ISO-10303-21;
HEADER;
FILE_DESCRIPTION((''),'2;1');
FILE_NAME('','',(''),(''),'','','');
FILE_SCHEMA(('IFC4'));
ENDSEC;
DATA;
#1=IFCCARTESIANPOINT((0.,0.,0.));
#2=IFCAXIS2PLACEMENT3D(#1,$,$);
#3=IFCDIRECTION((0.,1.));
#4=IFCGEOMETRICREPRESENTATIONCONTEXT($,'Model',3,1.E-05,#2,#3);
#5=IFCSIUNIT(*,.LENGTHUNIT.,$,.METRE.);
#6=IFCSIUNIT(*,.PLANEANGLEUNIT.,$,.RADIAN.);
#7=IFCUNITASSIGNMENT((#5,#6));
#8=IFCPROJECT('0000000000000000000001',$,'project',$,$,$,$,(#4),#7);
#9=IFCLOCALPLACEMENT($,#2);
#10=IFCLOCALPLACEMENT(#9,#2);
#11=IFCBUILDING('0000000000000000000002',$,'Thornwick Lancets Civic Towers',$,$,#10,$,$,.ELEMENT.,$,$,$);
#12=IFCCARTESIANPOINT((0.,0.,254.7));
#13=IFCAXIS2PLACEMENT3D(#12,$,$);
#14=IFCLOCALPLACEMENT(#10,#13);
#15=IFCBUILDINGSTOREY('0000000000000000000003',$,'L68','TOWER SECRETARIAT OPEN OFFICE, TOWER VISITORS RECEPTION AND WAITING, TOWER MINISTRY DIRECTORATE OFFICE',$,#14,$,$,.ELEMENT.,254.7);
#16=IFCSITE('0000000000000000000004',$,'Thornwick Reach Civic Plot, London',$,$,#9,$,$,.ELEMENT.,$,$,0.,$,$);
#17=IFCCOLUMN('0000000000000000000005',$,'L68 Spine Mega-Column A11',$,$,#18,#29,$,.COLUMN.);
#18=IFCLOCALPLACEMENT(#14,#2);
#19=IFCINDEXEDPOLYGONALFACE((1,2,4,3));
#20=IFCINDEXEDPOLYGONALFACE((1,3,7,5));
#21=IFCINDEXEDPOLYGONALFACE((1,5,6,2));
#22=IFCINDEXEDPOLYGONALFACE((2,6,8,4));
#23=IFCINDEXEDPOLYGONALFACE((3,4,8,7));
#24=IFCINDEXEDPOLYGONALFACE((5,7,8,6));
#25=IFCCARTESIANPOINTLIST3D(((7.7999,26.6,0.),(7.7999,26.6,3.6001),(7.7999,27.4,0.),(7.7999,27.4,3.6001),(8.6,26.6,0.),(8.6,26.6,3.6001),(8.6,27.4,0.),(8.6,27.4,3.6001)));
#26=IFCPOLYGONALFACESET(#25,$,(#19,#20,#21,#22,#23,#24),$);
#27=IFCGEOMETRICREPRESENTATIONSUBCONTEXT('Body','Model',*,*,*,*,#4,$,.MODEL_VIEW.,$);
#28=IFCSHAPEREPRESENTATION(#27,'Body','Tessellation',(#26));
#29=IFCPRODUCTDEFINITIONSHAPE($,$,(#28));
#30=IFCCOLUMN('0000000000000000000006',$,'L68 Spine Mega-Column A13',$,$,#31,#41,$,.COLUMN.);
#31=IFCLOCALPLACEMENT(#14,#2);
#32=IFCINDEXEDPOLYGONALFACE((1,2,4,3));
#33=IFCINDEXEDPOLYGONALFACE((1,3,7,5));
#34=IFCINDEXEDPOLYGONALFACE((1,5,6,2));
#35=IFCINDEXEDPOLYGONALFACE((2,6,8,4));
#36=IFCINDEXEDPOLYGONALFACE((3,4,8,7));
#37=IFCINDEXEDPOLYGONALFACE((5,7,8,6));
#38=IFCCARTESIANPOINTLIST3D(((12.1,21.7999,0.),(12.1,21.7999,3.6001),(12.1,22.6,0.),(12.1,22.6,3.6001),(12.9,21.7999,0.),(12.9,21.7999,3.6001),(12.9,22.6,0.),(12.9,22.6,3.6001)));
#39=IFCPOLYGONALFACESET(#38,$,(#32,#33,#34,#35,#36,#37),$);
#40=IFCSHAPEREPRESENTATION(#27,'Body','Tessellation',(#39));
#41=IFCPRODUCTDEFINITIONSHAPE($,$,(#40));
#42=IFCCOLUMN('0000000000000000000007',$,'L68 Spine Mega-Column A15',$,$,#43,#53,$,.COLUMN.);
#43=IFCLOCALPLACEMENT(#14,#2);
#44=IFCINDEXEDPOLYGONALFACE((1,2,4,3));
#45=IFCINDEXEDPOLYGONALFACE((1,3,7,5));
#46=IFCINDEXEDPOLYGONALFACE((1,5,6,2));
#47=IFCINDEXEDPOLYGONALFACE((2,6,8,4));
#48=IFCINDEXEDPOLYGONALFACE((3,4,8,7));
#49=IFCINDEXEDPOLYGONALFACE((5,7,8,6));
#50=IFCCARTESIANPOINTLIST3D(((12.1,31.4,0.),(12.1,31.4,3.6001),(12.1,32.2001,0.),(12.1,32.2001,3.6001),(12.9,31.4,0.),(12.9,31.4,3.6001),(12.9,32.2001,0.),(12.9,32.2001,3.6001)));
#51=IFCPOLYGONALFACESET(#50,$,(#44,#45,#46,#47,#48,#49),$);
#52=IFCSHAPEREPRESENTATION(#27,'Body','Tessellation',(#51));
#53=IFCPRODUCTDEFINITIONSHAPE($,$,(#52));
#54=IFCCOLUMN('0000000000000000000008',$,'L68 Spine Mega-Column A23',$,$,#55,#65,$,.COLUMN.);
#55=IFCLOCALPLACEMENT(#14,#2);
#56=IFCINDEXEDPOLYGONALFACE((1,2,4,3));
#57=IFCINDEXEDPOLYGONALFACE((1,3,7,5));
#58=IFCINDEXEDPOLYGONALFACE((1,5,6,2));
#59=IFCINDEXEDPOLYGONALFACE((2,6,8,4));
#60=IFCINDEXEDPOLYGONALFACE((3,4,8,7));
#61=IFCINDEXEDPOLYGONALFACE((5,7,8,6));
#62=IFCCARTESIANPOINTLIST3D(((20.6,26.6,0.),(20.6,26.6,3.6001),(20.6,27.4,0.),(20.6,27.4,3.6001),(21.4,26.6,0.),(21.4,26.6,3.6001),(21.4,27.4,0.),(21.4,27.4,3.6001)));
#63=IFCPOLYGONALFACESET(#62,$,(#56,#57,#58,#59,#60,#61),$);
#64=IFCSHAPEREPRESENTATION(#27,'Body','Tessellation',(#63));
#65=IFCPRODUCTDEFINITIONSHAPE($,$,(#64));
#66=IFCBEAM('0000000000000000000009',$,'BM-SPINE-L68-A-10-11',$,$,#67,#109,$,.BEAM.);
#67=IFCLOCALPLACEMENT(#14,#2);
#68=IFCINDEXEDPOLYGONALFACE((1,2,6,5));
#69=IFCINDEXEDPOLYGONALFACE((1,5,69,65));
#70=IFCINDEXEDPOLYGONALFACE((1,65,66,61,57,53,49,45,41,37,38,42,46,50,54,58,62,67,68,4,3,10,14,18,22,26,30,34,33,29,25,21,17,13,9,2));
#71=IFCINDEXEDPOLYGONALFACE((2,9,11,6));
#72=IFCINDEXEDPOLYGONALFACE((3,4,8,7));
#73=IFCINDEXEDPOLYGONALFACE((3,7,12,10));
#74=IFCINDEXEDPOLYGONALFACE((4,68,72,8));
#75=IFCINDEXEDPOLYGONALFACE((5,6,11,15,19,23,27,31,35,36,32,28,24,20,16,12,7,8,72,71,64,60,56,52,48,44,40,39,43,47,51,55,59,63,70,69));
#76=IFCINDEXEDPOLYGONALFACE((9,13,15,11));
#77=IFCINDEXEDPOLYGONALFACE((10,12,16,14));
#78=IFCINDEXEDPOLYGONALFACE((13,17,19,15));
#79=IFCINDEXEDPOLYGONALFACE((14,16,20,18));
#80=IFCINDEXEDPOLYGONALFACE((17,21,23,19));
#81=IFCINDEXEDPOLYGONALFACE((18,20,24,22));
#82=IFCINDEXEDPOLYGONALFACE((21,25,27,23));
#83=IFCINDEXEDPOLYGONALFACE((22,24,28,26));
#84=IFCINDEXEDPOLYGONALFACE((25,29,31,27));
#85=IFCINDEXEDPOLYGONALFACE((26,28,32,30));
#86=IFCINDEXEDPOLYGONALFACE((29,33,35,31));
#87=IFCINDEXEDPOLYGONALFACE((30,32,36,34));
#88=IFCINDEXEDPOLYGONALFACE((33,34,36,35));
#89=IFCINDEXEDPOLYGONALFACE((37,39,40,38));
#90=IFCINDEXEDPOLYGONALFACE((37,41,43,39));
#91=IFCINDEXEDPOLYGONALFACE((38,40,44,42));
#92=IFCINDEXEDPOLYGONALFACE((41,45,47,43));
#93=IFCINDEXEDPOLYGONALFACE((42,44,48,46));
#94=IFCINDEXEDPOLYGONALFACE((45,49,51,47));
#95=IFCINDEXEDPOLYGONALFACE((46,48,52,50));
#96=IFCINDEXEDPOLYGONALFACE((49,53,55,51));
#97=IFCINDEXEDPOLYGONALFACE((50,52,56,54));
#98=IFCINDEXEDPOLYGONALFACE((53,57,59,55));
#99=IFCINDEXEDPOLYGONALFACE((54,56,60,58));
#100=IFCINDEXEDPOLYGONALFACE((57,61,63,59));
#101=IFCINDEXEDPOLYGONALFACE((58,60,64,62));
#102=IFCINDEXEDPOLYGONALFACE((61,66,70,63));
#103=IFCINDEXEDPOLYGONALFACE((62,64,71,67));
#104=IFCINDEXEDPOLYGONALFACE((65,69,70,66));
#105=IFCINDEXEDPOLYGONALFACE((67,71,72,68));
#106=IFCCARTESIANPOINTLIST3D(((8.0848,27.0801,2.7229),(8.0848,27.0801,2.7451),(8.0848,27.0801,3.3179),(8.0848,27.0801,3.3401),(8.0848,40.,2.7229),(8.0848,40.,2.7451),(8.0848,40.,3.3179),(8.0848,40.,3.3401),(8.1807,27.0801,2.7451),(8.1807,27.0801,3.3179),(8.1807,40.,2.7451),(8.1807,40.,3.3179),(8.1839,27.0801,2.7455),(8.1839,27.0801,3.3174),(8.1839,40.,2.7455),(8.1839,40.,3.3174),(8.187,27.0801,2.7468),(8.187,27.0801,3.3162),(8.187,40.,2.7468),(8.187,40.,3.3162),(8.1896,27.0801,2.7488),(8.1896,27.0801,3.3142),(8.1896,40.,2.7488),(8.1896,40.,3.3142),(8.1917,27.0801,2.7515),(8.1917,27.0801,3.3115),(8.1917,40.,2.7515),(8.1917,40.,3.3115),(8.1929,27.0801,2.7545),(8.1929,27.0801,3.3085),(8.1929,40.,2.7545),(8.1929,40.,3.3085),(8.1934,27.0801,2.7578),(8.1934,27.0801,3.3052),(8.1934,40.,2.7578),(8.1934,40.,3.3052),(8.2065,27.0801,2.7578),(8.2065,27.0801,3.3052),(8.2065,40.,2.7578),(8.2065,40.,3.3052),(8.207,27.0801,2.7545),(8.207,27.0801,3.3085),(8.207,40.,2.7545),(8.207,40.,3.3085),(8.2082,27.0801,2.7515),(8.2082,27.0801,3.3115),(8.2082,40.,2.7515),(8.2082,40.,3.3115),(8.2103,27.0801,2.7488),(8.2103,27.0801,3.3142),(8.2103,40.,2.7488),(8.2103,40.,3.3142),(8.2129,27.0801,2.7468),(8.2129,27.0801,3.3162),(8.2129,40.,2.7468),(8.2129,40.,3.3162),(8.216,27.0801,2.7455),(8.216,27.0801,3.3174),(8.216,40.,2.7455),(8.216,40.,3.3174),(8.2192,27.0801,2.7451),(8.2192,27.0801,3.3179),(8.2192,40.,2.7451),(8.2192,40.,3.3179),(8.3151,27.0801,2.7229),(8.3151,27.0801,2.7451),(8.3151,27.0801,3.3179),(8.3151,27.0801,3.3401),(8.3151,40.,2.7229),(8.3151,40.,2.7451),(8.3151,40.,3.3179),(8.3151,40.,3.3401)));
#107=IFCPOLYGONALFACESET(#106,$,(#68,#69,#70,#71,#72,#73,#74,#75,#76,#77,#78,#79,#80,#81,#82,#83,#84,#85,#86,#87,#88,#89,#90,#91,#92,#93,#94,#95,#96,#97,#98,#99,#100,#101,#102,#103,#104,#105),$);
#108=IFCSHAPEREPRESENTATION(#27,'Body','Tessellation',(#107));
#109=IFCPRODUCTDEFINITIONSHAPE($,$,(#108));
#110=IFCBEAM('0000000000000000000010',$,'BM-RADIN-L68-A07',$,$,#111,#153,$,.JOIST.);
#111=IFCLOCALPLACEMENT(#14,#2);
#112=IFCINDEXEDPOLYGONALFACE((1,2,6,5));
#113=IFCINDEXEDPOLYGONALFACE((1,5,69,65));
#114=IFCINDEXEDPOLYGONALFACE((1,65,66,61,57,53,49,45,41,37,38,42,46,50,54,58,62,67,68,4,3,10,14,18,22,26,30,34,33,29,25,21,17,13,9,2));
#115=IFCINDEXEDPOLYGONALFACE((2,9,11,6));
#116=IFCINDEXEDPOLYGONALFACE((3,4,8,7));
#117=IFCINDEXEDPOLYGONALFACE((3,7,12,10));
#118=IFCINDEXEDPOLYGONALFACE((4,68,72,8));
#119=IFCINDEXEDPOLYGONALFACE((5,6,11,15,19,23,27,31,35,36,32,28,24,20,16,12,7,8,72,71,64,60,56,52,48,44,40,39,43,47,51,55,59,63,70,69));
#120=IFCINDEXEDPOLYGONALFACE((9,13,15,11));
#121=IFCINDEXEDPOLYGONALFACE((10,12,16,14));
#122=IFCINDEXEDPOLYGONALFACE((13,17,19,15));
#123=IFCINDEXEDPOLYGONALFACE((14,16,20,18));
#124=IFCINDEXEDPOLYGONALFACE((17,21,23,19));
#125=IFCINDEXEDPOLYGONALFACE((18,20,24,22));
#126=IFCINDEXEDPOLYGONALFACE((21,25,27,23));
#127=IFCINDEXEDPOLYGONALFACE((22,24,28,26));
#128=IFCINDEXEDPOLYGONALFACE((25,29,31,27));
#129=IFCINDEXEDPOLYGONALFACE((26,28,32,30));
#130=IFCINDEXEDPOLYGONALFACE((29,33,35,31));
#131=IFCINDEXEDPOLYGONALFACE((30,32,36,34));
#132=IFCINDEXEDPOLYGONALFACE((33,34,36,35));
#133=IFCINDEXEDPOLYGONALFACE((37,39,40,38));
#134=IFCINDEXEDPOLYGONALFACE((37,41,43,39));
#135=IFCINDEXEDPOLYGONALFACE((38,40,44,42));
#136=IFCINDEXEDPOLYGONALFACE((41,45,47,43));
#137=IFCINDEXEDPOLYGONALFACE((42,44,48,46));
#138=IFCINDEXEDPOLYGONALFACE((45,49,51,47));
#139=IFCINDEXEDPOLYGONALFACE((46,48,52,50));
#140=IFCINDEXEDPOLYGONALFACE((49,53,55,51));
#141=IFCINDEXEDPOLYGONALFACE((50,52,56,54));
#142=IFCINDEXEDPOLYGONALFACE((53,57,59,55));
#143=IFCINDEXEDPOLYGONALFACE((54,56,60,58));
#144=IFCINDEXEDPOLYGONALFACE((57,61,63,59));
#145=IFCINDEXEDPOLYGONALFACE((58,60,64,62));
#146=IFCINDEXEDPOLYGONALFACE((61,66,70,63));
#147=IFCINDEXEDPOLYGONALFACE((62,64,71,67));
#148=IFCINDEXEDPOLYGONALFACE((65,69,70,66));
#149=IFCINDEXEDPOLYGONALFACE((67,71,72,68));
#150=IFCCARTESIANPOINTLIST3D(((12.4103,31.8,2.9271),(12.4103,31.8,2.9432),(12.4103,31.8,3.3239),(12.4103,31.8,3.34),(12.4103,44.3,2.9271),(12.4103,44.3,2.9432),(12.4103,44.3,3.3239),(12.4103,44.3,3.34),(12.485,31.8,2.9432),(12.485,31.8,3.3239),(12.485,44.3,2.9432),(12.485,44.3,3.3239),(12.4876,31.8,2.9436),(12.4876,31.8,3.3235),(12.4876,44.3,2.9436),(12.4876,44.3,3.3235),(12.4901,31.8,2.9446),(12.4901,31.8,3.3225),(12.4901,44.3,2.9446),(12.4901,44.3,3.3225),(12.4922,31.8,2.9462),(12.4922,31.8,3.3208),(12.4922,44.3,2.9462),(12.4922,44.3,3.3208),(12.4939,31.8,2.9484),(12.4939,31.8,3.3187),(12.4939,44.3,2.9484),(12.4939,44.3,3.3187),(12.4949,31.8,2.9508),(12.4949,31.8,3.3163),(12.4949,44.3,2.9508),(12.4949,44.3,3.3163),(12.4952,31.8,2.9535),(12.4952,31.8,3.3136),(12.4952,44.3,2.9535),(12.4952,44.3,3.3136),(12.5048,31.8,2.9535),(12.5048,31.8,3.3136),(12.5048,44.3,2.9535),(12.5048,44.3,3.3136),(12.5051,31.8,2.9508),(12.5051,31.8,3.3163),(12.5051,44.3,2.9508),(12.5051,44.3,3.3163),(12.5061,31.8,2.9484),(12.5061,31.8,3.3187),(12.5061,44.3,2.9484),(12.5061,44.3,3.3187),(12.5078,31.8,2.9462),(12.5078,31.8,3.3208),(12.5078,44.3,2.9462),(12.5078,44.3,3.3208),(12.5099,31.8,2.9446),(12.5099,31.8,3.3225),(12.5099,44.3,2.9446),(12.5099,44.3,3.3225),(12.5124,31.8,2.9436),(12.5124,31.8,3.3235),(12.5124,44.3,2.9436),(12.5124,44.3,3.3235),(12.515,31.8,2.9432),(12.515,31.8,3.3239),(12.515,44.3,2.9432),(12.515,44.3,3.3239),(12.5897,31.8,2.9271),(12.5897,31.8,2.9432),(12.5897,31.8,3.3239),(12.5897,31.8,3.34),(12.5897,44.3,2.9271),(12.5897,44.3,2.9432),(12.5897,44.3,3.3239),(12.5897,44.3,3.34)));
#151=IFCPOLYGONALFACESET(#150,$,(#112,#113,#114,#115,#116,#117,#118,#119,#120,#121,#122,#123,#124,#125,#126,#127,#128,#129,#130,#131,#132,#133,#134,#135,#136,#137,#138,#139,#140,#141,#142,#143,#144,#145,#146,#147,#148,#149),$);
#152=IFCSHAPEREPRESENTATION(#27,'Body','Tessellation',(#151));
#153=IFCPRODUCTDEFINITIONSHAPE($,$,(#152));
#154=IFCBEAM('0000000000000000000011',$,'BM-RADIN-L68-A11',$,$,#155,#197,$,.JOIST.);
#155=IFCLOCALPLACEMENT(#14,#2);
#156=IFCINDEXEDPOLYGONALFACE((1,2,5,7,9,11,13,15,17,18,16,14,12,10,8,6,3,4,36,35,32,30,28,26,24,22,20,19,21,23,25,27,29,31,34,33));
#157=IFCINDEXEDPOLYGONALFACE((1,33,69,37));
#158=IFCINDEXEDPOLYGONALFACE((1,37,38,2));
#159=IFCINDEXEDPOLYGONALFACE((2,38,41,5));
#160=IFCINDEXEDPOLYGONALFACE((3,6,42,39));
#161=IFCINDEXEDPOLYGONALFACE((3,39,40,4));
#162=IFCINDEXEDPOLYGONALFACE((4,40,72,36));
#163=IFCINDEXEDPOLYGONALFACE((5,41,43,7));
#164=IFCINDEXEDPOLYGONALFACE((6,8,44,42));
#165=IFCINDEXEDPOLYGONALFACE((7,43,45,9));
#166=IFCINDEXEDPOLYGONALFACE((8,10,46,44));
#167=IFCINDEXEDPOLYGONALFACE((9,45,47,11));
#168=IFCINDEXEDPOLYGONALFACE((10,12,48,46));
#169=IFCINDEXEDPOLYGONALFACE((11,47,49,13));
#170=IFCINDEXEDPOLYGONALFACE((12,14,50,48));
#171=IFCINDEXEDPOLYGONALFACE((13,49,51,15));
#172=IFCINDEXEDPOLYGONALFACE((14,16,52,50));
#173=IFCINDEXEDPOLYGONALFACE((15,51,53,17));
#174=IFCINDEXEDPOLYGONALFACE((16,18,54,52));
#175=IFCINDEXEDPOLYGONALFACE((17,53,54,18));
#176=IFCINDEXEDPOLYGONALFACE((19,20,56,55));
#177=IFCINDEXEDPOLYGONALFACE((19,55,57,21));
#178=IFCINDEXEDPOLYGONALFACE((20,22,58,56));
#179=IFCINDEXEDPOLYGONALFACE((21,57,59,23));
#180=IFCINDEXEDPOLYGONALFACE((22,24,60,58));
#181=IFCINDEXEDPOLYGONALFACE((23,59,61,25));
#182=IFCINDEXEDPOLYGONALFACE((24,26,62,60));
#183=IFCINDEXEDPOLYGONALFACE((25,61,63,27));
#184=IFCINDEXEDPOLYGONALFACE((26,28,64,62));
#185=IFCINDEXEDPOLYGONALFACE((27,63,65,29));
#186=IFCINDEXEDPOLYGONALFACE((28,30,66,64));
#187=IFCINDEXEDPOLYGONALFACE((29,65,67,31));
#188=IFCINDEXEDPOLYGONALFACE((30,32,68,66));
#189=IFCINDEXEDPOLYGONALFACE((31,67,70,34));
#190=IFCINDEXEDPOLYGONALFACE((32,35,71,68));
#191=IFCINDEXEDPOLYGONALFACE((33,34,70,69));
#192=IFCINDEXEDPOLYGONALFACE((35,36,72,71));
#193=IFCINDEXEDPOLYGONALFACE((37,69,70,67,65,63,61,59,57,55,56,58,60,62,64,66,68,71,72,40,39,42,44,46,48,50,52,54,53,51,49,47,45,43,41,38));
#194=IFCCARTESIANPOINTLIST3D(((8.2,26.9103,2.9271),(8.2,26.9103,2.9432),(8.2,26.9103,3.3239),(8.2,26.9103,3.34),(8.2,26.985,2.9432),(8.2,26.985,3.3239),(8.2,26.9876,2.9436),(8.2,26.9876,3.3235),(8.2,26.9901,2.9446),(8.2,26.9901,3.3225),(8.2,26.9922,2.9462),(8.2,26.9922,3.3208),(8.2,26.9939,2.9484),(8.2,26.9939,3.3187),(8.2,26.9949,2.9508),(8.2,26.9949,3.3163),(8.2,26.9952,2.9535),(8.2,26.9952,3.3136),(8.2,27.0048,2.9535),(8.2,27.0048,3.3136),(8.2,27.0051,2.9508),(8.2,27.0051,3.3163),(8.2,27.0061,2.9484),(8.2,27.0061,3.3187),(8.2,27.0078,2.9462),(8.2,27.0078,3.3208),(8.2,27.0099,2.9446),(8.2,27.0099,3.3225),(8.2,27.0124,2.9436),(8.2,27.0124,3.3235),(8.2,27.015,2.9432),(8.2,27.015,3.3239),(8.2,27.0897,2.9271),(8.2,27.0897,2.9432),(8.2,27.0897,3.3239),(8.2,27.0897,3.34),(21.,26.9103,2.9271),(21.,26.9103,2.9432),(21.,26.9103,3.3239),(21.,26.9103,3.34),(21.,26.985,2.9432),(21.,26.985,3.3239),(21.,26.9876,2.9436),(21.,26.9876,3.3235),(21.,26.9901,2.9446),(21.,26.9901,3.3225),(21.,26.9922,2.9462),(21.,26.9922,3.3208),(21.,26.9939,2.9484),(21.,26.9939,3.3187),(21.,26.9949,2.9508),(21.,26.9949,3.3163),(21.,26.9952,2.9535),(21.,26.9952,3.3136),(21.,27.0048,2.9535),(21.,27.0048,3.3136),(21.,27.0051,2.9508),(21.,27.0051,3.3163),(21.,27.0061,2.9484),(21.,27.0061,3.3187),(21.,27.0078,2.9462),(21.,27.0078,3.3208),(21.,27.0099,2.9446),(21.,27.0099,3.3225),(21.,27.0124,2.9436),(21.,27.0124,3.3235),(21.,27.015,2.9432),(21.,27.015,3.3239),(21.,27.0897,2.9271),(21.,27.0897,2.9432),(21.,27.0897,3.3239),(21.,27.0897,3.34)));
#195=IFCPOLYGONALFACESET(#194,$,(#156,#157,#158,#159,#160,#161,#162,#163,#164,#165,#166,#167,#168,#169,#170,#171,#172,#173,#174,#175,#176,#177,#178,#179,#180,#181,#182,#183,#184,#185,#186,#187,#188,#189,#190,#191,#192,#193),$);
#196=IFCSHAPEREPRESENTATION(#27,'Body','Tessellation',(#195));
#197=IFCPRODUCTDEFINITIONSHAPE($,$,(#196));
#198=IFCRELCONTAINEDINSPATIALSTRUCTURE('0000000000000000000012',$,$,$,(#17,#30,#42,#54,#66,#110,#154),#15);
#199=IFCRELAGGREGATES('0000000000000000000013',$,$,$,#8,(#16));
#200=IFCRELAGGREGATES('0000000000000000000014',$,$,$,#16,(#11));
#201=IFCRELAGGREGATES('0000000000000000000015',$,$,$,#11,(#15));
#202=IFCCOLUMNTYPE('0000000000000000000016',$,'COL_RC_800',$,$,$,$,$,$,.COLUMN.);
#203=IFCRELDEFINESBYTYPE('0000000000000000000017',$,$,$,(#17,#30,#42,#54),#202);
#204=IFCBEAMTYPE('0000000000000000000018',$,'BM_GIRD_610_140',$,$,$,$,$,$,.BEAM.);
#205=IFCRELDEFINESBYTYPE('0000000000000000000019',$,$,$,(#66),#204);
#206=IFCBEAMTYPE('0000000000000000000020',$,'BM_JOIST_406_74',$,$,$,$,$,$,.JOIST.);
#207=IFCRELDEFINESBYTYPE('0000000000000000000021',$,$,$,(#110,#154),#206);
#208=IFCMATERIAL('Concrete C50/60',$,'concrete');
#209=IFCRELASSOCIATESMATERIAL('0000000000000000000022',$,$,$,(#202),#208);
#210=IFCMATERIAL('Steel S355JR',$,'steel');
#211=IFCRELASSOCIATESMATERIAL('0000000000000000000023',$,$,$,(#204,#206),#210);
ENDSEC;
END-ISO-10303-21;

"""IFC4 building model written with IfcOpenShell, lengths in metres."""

from ifc_helpers import new_model, si_unit, direction, frame, origin, origin_2d, place, context, subcontext, project, spatial, rectangle, i_section, extrude, material, material_profile, profile_set, type_object, element, save


model = new_model("IFC4")

# Units and contexts
model_context = context("Model", 3, precision=1e-05, world=origin(), true_north=direction((0.0, 1.0)))
body_context = subcontext(model_context, "Body", "Model", "MODEL_VIEW")
ifc_project = project(units=[si_unit("LENGTHUNIT", "METRE"), si_unit("PLANEANGLEUNIT", "RADIAN")], contexts=[model_context])

# Site, building, storey
site_placement = place(None, origin())
site = spatial("IfcSite", under=ifc_project, at=site_placement, Name="Thornwick Reach Civic Plot, London", CompositionType="ELEMENT", RefElevation=0.0)
building_placement = place(site_placement, origin())
building = spatial("IfcBuilding", under=site, at=building_placement, Name="Thornwick Lancets Civic Towers", CompositionType="ELEMENT")
storey_placement = place(building_placement, frame((0.0, 0.0, 254.7)))
storey = spatial("IfcBuildingStorey", under=building, at=storey_placement, Name="L68", Description="TOWER SECRETARIAT OPEN OFFICE, TOWER VISITORS RECEPTION AND WAITING, TOWER MINISTRY DIRECTORATE OFFICE", CompositionType="ELEMENT", Elevation=254.7)

# Columns
ifc_material_1 = material(Name="Concrete C50/60", Category="concrete")
ifc_material_profile_1 = material_profile(ifc_material_1, rectangle(XDim=0.8, YDim=0.8, at=origin_2d()), Name="RC 800x800")
ifc_profile_set_1 = profile_set([ifc_material_profile_1], Name="Concrete C50/60")
column_type = type_object("IfcColumnType", Name="COL_RC_800", PredefinedType="COLUMN", material=ifc_profile_set_1)
for number, where, z_axis, x_axis, name in (
    (1, (8.2, 27.0, 0.0), (0.0, 0.0, 1.0), (1.0, 0.0, 0.0), "L68 Spine Mega-Column A11"),
    (2, (12.5, 22.2, 0.0), (0.0, 0.0, 1.0), (1.0, 0.0, 0.0), "L68 Spine Mega-Column A13"),
    (3, (12.5, 31.8, 0.0), (0.0, 0.0, 1.0), (1.0, 0.0, 0.0), "L68 Spine Mega-Column A15"),
    (4, (21.0, 27.0, 0.0), (0.0, 0.0, 1.0), (1.0, 0.0, 0.0), "L68 Spine Mega-Column A23"),
):
    element("IfcColumn", number, at=place(storey_placement, frame(where, z_axis=z_axis, x_axis=x_axis)), inside=storey, type_object=column_type, Name=name, PredefinedType="COLUMN", context=body_context, shape_type="SweptSolid", body=[
        extrude(rectangle(XDim=0.8, YDim=0.8, at=origin_2d()), origin(), (0.0, 0.0, 1.0), 3.6001),
    ])

# Beams
ifc_material_2 = material(Name="Steel S355JR", Category="steel")
ifc_material_profile_2 = material_profile(ifc_material_2, i_section(OverallWidth=0.2302, OverallDepth=0.6172, WebThickness=0.0132, FlangeThickness=0.0222, FilletRadius=0.0127, at=origin_2d()), Name="UKB 610x229x140")
ifc_profile_set_2 = profile_set([ifc_material_profile_2], Name="Steel S355JR")
beam_type_1 = type_object("IfcBeamType", Name="BM_GIRD_610_140", PredefinedType="BEAM", material=ifc_profile_set_2)
beam_1_placement = place(storey_placement, frame((8.2, 27.0801, 3.0315), z_axis=(0.0, 1.0, 0.0), x_axis=(-1.0, 0.0, 0.0)))
element("IfcBeam", 5, at=beam_1_placement, inside=storey, type_object=beam_type_1, Name="BM-SPINE-L68-A-10-11", PredefinedType="BEAM", context=body_context, shape_type="SweptSolid", body=[
    extrude(i_section(OverallWidth=0.2302, OverallDepth=0.6172, WebThickness=0.0132, FlangeThickness=0.0222, FilletRadius=0.0127, at=origin_2d()), origin(), (0.0, 0.0, 1.0), 12.9199),
])
ifc_material_profile_3 = material_profile(ifc_material_2, i_section(OverallWidth=0.1794, OverallDepth=0.4128, WebThickness=0.0095, FlangeThickness=0.0161, FilletRadius=0.0103, at=origin_2d()), Name="UKB 406x178x74")
ifc_profile_set_3 = profile_set([ifc_material_profile_3], Name="Steel S355JR")
beam_type_2 = type_object("IfcBeamType", Name="BM_JOIST_406_74", PredefinedType="JOIST", material=ifc_profile_set_3)
beam_2_placement = place(storey_placement, frame((12.5, 31.8, 3.1335), z_axis=(0.0, 1.0, 0.0), x_axis=(-1.0, 0.0, 0.0)))
element("IfcBeam", 6, at=beam_2_placement, inside=storey, type_object=beam_type_2, Name="BM-RADIN-L68-A07", PredefinedType="JOIST", context=body_context, shape_type="SweptSolid", body=[
    extrude(i_section(OverallWidth=0.1794, OverallDepth=0.4128, WebThickness=0.0095, FlangeThickness=0.0161, FilletRadius=0.0103, at=origin_2d()), origin(), (0.0, 0.0, 1.0), 12.5),
])
beam_3_placement = place(storey_placement, frame((21.0, 27.0, 3.1335), z_axis=(-1.0, 0.0, 0.0), x_axis=(0.0, -1.0, 0.0)))
element("IfcBeam", 7, at=beam_3_placement, inside=storey, type_object=beam_type_2, Name="BM-RADIN-L68-A11", PredefinedType="JOIST", context=body_context, shape_type="SweptSolid", body=[
    extrude(i_section(OverallWidth=0.1794, OverallDepth=0.4128, WebThickness=0.0095, FlangeThickness=0.0161, FilletRadius=0.0103, at=origin_2d()), origin(), (0.0, 0.0, 1.0), 12.8),
])

save(model, "model.ifc")
